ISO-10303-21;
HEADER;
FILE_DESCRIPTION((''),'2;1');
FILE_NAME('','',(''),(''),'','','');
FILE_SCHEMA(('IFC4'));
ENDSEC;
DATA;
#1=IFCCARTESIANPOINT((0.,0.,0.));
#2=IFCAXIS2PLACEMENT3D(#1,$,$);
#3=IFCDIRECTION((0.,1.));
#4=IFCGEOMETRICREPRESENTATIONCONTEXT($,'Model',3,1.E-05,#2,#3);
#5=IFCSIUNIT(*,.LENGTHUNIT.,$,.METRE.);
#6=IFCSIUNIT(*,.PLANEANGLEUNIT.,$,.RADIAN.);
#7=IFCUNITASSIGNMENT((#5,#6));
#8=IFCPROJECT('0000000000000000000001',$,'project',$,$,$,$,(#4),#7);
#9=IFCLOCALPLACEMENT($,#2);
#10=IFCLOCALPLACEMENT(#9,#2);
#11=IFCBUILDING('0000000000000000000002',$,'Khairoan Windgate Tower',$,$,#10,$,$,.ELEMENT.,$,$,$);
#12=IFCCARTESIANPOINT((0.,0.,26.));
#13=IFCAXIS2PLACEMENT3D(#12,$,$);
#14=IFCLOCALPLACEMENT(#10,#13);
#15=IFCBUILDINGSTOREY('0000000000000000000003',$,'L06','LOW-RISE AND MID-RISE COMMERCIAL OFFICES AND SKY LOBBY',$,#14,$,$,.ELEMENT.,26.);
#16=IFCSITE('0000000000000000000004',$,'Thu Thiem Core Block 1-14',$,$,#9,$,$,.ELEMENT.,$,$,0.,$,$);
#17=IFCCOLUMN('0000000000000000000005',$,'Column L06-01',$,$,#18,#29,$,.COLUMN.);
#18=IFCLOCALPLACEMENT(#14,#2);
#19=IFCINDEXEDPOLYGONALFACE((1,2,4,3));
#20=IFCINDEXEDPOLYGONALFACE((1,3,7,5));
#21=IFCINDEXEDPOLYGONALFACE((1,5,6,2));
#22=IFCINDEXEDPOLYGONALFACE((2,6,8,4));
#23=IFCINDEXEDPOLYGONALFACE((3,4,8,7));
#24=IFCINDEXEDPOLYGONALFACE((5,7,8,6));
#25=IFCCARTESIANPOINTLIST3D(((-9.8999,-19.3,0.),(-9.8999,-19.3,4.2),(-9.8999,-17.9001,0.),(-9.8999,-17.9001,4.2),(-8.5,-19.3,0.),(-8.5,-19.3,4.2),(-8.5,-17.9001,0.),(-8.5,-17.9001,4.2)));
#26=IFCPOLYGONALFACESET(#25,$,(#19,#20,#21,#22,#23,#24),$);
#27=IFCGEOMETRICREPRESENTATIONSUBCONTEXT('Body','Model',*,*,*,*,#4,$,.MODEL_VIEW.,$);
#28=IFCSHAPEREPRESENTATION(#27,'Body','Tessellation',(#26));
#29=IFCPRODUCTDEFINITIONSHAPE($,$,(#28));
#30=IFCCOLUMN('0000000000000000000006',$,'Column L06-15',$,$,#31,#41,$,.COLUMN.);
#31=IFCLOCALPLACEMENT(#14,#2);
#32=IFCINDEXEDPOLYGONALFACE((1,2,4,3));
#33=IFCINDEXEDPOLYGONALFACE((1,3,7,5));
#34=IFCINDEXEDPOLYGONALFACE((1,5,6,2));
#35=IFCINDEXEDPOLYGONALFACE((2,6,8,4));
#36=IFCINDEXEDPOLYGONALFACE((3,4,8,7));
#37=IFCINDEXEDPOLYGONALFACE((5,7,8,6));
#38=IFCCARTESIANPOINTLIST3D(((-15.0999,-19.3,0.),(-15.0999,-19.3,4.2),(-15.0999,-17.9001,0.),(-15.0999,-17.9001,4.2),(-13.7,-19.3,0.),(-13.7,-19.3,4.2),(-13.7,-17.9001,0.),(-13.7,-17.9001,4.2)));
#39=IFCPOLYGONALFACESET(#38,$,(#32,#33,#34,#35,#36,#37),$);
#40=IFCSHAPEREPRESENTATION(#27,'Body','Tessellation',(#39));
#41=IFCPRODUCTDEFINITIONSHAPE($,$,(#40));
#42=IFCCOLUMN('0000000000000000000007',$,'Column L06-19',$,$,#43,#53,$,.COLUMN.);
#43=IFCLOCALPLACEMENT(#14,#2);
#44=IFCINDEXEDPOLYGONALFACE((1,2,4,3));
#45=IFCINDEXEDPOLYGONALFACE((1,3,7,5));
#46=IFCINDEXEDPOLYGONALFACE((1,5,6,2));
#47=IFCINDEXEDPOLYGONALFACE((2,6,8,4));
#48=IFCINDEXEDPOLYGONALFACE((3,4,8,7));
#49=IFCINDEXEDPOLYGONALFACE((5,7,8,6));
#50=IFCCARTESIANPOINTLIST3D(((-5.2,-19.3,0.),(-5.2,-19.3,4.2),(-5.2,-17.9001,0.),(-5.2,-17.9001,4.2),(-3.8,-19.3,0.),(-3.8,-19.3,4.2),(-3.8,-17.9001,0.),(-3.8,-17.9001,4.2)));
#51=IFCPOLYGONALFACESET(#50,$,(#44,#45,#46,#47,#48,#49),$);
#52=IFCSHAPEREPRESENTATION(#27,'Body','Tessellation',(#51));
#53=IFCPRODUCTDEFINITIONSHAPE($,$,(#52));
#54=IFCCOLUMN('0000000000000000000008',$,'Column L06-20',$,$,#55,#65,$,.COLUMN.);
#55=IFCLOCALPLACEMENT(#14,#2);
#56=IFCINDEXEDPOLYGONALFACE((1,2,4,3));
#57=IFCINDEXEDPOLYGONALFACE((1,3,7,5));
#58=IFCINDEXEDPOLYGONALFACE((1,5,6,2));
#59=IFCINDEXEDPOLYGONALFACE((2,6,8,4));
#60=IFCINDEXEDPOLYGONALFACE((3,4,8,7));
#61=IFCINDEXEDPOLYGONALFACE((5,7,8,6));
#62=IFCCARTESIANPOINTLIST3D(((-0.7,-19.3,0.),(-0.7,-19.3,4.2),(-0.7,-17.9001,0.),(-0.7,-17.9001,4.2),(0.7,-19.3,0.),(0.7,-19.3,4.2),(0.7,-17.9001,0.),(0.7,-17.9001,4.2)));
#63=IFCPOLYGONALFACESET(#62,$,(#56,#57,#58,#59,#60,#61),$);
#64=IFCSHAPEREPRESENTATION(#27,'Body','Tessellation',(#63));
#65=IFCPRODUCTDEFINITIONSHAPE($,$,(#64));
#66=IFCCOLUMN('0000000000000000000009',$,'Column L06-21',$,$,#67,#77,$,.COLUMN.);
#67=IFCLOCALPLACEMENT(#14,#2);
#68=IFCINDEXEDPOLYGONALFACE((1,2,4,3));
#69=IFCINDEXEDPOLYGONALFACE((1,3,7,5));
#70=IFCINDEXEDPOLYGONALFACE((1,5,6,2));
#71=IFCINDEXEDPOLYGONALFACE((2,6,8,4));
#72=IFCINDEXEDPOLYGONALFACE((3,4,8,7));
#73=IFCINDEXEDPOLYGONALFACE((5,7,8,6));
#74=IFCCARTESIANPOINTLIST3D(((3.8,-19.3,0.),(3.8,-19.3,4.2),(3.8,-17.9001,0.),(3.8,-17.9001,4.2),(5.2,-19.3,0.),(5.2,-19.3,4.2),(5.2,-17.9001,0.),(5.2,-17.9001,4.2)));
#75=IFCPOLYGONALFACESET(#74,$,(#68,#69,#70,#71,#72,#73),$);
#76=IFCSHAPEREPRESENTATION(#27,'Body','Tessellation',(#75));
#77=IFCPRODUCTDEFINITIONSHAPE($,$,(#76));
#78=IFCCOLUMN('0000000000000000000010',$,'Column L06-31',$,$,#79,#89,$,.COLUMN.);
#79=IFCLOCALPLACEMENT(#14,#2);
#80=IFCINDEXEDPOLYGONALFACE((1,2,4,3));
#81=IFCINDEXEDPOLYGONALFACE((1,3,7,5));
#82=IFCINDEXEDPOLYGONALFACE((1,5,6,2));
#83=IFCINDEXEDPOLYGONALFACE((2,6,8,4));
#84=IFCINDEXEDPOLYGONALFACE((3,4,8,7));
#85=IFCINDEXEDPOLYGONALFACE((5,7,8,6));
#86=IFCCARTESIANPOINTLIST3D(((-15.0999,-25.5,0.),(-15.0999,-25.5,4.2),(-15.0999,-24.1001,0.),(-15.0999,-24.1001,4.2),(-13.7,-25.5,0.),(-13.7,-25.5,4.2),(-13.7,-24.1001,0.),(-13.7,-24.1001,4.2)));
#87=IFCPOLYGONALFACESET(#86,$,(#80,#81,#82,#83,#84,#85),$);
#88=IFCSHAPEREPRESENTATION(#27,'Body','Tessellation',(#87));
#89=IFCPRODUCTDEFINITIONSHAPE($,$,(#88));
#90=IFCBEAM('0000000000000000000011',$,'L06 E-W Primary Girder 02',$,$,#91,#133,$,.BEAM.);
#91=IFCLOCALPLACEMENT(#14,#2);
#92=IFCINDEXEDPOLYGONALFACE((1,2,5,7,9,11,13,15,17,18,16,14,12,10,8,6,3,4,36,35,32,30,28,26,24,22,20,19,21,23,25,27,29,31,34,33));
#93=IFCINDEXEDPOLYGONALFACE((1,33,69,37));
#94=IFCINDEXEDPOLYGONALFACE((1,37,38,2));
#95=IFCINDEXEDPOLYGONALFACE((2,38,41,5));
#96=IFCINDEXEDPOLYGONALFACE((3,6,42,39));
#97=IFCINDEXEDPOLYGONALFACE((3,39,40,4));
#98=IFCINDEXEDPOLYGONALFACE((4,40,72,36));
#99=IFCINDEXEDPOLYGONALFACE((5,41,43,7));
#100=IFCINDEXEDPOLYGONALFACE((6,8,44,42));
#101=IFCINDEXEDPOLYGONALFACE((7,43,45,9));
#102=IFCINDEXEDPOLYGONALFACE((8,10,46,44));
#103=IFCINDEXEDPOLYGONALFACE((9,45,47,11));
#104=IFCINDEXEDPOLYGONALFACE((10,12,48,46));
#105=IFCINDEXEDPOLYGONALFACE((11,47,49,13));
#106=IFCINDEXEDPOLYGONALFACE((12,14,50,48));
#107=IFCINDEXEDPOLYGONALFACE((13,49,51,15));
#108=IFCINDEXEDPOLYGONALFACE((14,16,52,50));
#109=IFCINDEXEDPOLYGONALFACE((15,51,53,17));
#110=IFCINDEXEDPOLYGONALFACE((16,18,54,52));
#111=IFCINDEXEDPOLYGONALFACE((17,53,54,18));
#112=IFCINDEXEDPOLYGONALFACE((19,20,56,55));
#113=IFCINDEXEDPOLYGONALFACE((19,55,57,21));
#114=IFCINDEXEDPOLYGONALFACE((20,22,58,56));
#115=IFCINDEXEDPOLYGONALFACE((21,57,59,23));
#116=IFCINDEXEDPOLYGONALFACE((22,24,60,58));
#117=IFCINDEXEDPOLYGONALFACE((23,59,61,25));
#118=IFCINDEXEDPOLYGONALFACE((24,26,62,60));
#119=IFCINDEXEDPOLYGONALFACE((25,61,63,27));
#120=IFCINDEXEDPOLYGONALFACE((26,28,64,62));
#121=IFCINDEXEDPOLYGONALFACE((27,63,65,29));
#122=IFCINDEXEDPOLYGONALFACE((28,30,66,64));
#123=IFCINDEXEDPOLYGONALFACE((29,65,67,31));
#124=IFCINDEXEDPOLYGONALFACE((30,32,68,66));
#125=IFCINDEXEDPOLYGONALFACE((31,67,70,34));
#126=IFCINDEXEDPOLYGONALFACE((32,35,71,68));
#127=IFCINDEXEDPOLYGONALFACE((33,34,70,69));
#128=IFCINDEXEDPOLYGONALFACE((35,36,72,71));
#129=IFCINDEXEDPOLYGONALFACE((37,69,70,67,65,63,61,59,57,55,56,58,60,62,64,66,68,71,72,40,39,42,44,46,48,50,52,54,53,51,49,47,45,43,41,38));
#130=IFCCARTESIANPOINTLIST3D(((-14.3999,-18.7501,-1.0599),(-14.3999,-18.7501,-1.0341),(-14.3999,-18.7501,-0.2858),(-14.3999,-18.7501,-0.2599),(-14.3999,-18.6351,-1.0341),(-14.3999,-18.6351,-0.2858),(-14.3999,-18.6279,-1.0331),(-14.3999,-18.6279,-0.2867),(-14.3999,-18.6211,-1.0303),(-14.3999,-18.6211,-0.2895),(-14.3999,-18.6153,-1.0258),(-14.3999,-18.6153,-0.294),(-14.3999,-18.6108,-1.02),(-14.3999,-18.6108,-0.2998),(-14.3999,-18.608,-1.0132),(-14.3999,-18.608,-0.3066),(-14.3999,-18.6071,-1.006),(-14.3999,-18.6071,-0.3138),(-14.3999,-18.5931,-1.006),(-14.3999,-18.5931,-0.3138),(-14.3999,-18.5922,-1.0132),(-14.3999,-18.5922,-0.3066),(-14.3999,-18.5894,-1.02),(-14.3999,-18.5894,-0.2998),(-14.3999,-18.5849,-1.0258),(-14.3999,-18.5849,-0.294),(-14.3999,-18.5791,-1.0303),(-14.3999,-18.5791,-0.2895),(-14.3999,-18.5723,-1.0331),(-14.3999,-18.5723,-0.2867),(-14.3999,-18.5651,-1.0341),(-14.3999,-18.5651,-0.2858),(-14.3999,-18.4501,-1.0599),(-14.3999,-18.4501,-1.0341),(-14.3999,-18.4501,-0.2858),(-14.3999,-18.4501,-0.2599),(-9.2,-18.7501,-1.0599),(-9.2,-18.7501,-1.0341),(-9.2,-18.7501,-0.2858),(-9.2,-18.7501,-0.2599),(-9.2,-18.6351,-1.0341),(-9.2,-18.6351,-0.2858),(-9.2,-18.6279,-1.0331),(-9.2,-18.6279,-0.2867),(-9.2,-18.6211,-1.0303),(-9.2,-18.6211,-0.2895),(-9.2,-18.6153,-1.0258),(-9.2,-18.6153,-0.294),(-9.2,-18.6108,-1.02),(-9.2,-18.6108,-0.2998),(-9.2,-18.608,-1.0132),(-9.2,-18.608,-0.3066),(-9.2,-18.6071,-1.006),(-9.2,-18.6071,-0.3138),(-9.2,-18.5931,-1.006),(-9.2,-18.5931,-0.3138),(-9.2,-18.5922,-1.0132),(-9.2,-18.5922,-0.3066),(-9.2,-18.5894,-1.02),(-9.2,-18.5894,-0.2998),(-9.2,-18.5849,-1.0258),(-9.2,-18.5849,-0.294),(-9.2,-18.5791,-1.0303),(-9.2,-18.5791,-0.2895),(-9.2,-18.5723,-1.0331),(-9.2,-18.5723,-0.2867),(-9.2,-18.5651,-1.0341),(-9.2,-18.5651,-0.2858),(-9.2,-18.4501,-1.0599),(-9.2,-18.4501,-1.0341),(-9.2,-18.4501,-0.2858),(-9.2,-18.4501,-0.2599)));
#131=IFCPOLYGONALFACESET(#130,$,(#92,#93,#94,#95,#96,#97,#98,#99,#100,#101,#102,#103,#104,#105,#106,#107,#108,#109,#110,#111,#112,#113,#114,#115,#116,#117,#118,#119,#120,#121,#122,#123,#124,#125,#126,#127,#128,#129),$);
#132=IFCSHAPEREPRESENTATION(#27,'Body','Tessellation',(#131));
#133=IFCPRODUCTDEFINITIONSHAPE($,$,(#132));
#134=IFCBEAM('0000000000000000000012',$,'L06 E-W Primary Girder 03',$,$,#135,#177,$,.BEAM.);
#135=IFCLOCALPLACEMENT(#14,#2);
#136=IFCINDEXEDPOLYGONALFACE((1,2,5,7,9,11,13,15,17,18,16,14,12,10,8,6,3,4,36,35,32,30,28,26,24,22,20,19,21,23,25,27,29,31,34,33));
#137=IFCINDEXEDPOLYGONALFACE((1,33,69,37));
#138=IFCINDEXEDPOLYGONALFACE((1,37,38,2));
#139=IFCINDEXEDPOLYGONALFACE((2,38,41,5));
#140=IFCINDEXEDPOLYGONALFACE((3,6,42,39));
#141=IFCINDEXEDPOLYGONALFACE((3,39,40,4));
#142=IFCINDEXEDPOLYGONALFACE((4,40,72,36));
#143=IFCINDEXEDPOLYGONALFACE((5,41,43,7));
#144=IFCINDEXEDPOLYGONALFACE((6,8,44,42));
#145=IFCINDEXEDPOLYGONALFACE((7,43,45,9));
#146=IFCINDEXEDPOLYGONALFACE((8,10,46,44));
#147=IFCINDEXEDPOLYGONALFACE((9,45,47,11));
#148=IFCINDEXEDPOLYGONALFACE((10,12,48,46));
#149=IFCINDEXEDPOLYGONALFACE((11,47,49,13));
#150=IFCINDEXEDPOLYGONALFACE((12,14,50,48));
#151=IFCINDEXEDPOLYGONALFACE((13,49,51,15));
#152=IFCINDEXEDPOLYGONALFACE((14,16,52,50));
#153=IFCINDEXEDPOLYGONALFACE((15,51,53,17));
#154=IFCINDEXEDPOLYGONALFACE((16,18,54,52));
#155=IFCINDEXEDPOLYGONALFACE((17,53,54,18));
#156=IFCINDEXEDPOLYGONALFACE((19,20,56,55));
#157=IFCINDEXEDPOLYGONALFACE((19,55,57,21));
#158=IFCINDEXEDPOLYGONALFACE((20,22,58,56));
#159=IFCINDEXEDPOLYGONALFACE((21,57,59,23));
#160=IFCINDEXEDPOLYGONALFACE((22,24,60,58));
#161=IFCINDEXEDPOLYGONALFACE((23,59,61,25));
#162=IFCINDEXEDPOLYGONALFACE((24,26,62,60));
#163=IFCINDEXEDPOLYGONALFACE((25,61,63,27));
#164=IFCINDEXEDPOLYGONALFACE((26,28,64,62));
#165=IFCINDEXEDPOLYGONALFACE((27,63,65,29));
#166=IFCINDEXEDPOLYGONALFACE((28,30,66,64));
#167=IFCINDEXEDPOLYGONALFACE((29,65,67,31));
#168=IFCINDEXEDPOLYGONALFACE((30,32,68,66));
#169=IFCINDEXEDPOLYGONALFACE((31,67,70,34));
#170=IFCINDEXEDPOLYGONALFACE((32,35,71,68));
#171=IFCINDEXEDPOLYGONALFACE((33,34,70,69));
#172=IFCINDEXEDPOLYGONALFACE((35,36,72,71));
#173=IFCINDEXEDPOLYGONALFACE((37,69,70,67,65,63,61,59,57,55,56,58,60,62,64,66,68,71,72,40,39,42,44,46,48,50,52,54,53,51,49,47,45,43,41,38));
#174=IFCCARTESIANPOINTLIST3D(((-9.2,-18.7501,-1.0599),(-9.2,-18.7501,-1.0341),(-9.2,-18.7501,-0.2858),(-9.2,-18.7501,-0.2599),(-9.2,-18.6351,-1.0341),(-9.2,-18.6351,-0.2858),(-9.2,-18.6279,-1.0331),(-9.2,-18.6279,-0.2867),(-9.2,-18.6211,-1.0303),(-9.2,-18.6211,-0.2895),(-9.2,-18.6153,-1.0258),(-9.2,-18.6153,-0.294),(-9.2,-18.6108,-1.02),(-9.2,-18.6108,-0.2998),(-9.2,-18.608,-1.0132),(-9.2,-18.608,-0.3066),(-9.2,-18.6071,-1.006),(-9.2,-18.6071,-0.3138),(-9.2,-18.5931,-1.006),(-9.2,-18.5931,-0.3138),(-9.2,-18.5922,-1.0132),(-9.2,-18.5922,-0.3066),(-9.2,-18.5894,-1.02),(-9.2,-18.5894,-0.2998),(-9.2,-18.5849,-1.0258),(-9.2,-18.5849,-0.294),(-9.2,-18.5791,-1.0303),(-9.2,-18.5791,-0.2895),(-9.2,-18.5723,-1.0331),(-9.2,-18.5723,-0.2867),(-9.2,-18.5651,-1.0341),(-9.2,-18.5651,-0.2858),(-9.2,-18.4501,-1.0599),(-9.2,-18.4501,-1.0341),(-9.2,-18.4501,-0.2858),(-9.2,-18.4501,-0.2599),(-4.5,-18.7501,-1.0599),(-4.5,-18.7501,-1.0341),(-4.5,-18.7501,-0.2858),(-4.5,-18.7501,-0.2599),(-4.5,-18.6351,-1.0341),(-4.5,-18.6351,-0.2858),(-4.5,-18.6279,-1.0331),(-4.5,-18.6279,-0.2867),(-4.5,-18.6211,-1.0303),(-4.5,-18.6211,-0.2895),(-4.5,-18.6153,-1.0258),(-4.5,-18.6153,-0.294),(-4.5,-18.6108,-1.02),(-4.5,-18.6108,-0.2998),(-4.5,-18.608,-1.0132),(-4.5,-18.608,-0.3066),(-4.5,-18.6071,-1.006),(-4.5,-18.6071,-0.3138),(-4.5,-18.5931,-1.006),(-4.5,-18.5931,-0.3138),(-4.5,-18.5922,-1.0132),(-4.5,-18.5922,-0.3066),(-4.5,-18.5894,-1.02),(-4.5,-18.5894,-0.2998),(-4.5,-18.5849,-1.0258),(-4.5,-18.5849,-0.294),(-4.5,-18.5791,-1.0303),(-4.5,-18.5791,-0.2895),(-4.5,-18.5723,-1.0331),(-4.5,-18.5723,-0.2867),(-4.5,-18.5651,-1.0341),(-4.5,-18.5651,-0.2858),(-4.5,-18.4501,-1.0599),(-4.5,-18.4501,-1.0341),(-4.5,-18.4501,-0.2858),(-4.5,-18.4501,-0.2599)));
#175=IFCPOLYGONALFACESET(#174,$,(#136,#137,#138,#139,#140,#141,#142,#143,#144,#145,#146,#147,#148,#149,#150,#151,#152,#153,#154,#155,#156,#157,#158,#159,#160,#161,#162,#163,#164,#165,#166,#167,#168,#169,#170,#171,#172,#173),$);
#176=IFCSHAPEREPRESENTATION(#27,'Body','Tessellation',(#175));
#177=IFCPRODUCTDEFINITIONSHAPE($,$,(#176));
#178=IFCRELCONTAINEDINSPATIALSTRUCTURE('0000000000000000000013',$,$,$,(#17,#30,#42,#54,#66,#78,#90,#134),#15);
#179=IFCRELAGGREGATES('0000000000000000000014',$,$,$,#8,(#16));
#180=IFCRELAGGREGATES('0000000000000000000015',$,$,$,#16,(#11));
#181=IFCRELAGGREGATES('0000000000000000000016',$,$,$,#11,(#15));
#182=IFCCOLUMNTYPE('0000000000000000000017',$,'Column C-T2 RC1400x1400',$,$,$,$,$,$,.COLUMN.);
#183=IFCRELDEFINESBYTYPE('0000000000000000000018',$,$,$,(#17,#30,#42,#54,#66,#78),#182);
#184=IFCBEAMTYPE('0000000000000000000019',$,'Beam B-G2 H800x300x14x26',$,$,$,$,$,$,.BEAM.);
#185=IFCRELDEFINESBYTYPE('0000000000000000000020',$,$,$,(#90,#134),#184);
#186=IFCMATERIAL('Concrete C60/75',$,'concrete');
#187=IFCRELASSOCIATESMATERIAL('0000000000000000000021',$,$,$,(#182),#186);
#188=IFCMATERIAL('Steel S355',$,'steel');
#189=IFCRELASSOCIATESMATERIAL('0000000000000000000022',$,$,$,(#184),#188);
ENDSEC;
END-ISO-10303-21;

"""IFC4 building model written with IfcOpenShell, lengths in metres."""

from ifc_helpers import new_model, si_unit, direction, frame, origin, origin_2d, place, context, subcontext, project, spatial, rectangle, i_section, extrude, material, material_profile, profile_set, type_object, element, save


model = new_model("IFC4")

# Units and contexts
model_context = context("Model", 3, precision=1e-05, world=origin(), true_north=direction((0.0, 1.0)))
body_context = subcontext(model_context, "Body", "Model", "MODEL_VIEW")
ifc_project = project(units=[si_unit("LENGTHUNIT", "METRE"), si_unit("PLANEANGLEUNIT", "RADIAN")], contexts=[model_context])

# Site, building, storey
site_placement = place(None, origin())
site = spatial("IfcSite", under=ifc_project, at=site_placement, Name="Thu Thiem Core Block 1-14", CompositionType="ELEMENT", RefElevation=0.0)
building_placement = place(site_placement, origin())
building = spatial("IfcBuilding", under=site, at=building_placement, Name="Khairoan Windgate Tower", CompositionType="ELEMENT")
storey_placement = place(building_placement, frame((0.0, 0.0, 26.0)))
storey = spatial("IfcBuildingStorey", under=building, at=storey_placement, Name="L06", Description="LOW-RISE AND MID-RISE COMMERCIAL OFFICES AND SKY LOBBY", CompositionType="ELEMENT", Elevation=26.0)

# Columns
ifc_material_1 = material(Name="Concrete C60/75", Category="concrete")
ifc_material_profile_1 = material_profile(ifc_material_1, rectangle(XDim=1.3999, YDim=1.3999, at=origin_2d()))
ifc_profile_set_1 = profile_set([ifc_material_profile_1], Name="Concrete C60/75")
column_type = type_object("IfcColumnType", Name="Column C-T2 RC1400x1400", PredefinedType="COLUMN", material=ifc_profile_set_1)
for number, where, z_axis, x_axis, name in (
    (1, (-9.2, -18.6001, 0.0), (0.0, 0.0, 1.0), (1.0, 0.0, 0.0), "Column L06-01"),
    (2, (-14.3999, -18.6001, 0.0), (0.0, 0.0, 1.0), (1.0, 0.0, 0.0), "Column L06-15"),
    (3, (-4.5, -18.6001, 0.0), (0.0, 0.0, 1.0), (1.0, 0.0, 0.0), "Column L06-19"),
    (4, (0.0, -18.6001, 0.0), (0.0, 0.0, 1.0), (1.0, 0.0, 0.0), "Column L06-20"),
    (5, (4.5, -18.6001, 0.0), (0.0, 0.0, 1.0), (1.0, 0.0, 0.0), "Column L06-21"),
    (6, (-14.3999, -24.8, 0.0), (0.0, 0.0, 1.0), (1.0, 0.0, 0.0), "Column L06-31"),
):
    element("IfcColumn", number, at=place(storey_placement, frame(where, z_axis=z_axis, x_axis=x_axis)), inside=storey, type_object=column_type, Name=name, PredefinedType="COLUMN", context=body_context, shape_type="SweptSolid", body=[
        extrude(rectangle(XDim=1.3999, YDim=1.3999, at=origin_2d()), origin(), (0.0, 0.0, 1.0), 4.2),
    ])

# Beams
ifc_material_2 = material(Name="Steel S355", Category="steel")
ifc_material_profile_2 = material_profile(ifc_material_2, i_section(OverallWidth=0.3, OverallDepth=0.8, WebThickness=0.0139, FlangeThickness=0.0259, FilletRadius=0.0281, at=origin_2d()))
ifc_profile_set_2 = profile_set([ifc_material_profile_2], Name="Steel S355")
beam_type_1 = type_object("IfcBeamType", Name="Beam B-G2 H800x300x14x26", PredefinedType="BEAM", material=ifc_profile_set_2)
beam_1_placement = place(storey_placement, frame((-14.3999, -18.6001, -0.6599), z_axis=(1.0, 0.0, 0.0), x_axis=(0.0, 1.0, 0.0)))
element("IfcBeam", 7, at=beam_1_placement, inside=storey, type_object=beam_type_1, Name="L06 E-W Primary Girder 02", PredefinedType="BEAM", context=body_context, shape_type="SweptSolid", body=[
    extrude(i_section(OverallWidth=0.3, OverallDepth=0.8, WebThickness=0.0139, FlangeThickness=0.0259, FilletRadius=0.0281, at=origin_2d()), origin(), (0.0, 0.0, 1.0), 5.2),
])
beam_2_placement = place(storey_placement, frame((-9.2, -18.6001, -0.6599), z_axis=(1.0, 0.0, 0.0), x_axis=(0.0, 1.0, 0.0)))
element("IfcBeam", 8, at=beam_2_placement, inside=storey, type_object=beam_type_1, Name="L06 E-W Primary Girder 03", PredefinedType="BEAM", context=body_context, shape_type="SweptSolid", body=[
    extrude(i_section(OverallWidth=0.3, OverallDepth=0.8, WebThickness=0.0139, FlangeThickness=0.0259, FilletRadius=0.0281, at=origin_2d()), origin(), (0.0, 0.0, 1.0), 4.7),
])

save(model, "model.ifc")
